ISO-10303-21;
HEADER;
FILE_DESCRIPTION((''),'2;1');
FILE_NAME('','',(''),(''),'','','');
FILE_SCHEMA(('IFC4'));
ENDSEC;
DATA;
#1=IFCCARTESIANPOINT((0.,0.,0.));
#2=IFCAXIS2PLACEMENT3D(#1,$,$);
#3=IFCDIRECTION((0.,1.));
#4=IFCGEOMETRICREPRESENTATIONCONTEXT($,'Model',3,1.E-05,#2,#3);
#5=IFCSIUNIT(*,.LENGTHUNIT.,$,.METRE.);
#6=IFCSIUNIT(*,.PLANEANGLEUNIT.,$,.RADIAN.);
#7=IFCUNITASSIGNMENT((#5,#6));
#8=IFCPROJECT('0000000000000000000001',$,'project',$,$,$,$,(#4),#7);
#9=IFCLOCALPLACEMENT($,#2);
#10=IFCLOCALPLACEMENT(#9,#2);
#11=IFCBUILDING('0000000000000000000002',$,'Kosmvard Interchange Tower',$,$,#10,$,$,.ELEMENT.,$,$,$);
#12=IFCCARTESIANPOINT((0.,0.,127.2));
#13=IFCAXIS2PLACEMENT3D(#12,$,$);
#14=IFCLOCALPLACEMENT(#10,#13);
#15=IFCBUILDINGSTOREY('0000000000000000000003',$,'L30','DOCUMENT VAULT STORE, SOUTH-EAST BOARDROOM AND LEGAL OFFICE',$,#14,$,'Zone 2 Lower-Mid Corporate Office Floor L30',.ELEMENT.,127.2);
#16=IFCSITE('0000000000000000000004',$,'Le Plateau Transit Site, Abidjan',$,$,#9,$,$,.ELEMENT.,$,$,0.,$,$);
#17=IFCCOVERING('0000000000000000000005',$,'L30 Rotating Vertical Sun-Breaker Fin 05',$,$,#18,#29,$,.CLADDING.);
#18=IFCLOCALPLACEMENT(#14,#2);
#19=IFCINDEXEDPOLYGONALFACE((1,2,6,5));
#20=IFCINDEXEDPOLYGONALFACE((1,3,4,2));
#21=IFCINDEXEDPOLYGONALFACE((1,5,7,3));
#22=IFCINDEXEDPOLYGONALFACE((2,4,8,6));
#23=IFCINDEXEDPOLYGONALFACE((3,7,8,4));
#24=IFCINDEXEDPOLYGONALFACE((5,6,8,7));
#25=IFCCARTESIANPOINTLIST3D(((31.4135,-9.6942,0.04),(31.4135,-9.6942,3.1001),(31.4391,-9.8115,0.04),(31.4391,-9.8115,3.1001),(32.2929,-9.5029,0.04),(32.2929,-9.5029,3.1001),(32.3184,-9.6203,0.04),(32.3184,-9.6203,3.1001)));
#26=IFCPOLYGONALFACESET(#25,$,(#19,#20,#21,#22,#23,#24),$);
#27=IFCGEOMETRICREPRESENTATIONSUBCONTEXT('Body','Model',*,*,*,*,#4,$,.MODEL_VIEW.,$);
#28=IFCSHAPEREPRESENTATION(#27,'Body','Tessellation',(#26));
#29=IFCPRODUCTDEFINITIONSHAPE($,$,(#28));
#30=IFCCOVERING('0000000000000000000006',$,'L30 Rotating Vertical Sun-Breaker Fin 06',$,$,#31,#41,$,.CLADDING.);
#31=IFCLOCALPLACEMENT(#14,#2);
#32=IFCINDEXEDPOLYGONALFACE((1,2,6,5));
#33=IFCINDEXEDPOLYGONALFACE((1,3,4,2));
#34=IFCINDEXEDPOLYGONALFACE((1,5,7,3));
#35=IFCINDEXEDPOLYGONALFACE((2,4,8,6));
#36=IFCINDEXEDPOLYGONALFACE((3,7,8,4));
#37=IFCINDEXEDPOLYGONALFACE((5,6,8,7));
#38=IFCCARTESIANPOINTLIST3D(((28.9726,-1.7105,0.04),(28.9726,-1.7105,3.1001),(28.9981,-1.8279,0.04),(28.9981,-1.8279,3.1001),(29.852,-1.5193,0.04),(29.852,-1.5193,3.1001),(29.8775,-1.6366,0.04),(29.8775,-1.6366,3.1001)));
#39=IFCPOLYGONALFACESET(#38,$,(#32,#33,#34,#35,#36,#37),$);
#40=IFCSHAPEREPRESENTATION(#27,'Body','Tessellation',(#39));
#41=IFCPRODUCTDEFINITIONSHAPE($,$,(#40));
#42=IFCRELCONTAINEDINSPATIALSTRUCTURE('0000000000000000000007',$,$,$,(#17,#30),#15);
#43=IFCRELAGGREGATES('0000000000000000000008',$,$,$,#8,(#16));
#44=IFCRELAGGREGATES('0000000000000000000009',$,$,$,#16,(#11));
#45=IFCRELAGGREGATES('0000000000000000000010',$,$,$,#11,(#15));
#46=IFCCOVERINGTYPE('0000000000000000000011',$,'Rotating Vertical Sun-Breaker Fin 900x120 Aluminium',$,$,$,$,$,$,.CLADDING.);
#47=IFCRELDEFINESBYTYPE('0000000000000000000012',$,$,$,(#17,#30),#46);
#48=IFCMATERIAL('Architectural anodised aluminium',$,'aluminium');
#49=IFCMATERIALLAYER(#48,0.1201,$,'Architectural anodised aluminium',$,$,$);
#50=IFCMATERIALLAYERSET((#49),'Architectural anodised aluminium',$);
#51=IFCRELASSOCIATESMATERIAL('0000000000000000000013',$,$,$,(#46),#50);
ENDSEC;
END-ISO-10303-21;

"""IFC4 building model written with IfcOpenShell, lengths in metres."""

from ifc_helpers import new_model, si_unit, direction, frame, origin, origin_2d, place, context, subcontext, project, spatial, rectangle, extrude, source, transform, mapped, material, layer, layer_set, type_object, element, save


model = new_model("IFC4")

# Units and contexts
model_context = context("Model", 3, precision=1e-05, world=origin(), true_north=direction((0.0, 1.0)))
body_context = subcontext(model_context, "Body", "Model", "MODEL_VIEW")
ifc_project = project(units=[si_unit("LENGTHUNIT", "METRE"), si_unit("PLANEANGLEUNIT", "RADIAN")], contexts=[model_context])

# Site, building, storey
site_placement = place(None, origin())
site = spatial("IfcSite", under=ifc_project, at=site_placement, Name="Le Plateau Transit Site, Abidjan", CompositionType="ELEMENT", RefElevation=0.0)
building_placement = place(site_placement, origin())
building = spatial("IfcBuilding", under=site, at=building_placement, Name="Kosmvard Interchange Tower", CompositionType="ELEMENT")
storey_placement = place(building_placement, frame((0.0, 0.0, 127.2)))
storey = spatial("IfcBuildingStorey", under=building, at=storey_placement, Name="L30", Description="DOCUMENT VAULT STORE, SOUTH-EAST BOARDROOM AND LEGAL OFFICE", LongName="Zone 2 Lower-Mid Corporate Office Floor L30", CompositionType="ELEMENT", Elevation=127.2)

# Coverings
ifc_material_1 = material(Name="Architectural anodised aluminium", Category="aluminium")
ifc_layer_1 = layer(ifc_material_1, 0.1201, Name="Architectural anodised aluminium")
ifc_layer_set_1 = layer_set([ifc_layer_1], Name="Architectural anodised aluminium")
covering_type = type_object("IfcCoveringType", Name="Rotating Vertical Sun-Breaker Fin 900x120 Aluminium", PredefinedType="CLADDING", material=ifc_layer_set_1)
shared_shape_1 = source(origin(), body_context, "Body", "SweptSolid", [
    extrude(rectangle(XDim=0.8999, YDim=0.1201, at=origin_2d()), origin(), (0.0, 0.0, 1.0), 3.0601),
])
for number, where, z_axis, x_axis, name in (
    (1, (31.866, -9.6572, 0.04), (0.0, 0.0, 1.0), (0.977157, 0.212519, 0.0), "L30 Rotating Vertical Sun-Breaker Fin 05"),
    (2, (29.425, -1.6736, 0.04), (0.0, 0.0, 1.0), (0.977157, 0.212519, 0.0), "L30 Rotating Vertical Sun-Breaker Fin 06"),
):
    element("IfcCovering", number, at=place(storey_placement, frame(where, z_axis=z_axis, x_axis=x_axis)), inside=storey, type_object=covering_type, Name=name, PredefinedType="CLADDING", context=body_context, shape_type="MappedRepresentation", body=[
        mapped(shared_shape_1, transform((0.0, 0.0, 0.0), scale=1.0)),
    ])

save(model, "model.ifc")
